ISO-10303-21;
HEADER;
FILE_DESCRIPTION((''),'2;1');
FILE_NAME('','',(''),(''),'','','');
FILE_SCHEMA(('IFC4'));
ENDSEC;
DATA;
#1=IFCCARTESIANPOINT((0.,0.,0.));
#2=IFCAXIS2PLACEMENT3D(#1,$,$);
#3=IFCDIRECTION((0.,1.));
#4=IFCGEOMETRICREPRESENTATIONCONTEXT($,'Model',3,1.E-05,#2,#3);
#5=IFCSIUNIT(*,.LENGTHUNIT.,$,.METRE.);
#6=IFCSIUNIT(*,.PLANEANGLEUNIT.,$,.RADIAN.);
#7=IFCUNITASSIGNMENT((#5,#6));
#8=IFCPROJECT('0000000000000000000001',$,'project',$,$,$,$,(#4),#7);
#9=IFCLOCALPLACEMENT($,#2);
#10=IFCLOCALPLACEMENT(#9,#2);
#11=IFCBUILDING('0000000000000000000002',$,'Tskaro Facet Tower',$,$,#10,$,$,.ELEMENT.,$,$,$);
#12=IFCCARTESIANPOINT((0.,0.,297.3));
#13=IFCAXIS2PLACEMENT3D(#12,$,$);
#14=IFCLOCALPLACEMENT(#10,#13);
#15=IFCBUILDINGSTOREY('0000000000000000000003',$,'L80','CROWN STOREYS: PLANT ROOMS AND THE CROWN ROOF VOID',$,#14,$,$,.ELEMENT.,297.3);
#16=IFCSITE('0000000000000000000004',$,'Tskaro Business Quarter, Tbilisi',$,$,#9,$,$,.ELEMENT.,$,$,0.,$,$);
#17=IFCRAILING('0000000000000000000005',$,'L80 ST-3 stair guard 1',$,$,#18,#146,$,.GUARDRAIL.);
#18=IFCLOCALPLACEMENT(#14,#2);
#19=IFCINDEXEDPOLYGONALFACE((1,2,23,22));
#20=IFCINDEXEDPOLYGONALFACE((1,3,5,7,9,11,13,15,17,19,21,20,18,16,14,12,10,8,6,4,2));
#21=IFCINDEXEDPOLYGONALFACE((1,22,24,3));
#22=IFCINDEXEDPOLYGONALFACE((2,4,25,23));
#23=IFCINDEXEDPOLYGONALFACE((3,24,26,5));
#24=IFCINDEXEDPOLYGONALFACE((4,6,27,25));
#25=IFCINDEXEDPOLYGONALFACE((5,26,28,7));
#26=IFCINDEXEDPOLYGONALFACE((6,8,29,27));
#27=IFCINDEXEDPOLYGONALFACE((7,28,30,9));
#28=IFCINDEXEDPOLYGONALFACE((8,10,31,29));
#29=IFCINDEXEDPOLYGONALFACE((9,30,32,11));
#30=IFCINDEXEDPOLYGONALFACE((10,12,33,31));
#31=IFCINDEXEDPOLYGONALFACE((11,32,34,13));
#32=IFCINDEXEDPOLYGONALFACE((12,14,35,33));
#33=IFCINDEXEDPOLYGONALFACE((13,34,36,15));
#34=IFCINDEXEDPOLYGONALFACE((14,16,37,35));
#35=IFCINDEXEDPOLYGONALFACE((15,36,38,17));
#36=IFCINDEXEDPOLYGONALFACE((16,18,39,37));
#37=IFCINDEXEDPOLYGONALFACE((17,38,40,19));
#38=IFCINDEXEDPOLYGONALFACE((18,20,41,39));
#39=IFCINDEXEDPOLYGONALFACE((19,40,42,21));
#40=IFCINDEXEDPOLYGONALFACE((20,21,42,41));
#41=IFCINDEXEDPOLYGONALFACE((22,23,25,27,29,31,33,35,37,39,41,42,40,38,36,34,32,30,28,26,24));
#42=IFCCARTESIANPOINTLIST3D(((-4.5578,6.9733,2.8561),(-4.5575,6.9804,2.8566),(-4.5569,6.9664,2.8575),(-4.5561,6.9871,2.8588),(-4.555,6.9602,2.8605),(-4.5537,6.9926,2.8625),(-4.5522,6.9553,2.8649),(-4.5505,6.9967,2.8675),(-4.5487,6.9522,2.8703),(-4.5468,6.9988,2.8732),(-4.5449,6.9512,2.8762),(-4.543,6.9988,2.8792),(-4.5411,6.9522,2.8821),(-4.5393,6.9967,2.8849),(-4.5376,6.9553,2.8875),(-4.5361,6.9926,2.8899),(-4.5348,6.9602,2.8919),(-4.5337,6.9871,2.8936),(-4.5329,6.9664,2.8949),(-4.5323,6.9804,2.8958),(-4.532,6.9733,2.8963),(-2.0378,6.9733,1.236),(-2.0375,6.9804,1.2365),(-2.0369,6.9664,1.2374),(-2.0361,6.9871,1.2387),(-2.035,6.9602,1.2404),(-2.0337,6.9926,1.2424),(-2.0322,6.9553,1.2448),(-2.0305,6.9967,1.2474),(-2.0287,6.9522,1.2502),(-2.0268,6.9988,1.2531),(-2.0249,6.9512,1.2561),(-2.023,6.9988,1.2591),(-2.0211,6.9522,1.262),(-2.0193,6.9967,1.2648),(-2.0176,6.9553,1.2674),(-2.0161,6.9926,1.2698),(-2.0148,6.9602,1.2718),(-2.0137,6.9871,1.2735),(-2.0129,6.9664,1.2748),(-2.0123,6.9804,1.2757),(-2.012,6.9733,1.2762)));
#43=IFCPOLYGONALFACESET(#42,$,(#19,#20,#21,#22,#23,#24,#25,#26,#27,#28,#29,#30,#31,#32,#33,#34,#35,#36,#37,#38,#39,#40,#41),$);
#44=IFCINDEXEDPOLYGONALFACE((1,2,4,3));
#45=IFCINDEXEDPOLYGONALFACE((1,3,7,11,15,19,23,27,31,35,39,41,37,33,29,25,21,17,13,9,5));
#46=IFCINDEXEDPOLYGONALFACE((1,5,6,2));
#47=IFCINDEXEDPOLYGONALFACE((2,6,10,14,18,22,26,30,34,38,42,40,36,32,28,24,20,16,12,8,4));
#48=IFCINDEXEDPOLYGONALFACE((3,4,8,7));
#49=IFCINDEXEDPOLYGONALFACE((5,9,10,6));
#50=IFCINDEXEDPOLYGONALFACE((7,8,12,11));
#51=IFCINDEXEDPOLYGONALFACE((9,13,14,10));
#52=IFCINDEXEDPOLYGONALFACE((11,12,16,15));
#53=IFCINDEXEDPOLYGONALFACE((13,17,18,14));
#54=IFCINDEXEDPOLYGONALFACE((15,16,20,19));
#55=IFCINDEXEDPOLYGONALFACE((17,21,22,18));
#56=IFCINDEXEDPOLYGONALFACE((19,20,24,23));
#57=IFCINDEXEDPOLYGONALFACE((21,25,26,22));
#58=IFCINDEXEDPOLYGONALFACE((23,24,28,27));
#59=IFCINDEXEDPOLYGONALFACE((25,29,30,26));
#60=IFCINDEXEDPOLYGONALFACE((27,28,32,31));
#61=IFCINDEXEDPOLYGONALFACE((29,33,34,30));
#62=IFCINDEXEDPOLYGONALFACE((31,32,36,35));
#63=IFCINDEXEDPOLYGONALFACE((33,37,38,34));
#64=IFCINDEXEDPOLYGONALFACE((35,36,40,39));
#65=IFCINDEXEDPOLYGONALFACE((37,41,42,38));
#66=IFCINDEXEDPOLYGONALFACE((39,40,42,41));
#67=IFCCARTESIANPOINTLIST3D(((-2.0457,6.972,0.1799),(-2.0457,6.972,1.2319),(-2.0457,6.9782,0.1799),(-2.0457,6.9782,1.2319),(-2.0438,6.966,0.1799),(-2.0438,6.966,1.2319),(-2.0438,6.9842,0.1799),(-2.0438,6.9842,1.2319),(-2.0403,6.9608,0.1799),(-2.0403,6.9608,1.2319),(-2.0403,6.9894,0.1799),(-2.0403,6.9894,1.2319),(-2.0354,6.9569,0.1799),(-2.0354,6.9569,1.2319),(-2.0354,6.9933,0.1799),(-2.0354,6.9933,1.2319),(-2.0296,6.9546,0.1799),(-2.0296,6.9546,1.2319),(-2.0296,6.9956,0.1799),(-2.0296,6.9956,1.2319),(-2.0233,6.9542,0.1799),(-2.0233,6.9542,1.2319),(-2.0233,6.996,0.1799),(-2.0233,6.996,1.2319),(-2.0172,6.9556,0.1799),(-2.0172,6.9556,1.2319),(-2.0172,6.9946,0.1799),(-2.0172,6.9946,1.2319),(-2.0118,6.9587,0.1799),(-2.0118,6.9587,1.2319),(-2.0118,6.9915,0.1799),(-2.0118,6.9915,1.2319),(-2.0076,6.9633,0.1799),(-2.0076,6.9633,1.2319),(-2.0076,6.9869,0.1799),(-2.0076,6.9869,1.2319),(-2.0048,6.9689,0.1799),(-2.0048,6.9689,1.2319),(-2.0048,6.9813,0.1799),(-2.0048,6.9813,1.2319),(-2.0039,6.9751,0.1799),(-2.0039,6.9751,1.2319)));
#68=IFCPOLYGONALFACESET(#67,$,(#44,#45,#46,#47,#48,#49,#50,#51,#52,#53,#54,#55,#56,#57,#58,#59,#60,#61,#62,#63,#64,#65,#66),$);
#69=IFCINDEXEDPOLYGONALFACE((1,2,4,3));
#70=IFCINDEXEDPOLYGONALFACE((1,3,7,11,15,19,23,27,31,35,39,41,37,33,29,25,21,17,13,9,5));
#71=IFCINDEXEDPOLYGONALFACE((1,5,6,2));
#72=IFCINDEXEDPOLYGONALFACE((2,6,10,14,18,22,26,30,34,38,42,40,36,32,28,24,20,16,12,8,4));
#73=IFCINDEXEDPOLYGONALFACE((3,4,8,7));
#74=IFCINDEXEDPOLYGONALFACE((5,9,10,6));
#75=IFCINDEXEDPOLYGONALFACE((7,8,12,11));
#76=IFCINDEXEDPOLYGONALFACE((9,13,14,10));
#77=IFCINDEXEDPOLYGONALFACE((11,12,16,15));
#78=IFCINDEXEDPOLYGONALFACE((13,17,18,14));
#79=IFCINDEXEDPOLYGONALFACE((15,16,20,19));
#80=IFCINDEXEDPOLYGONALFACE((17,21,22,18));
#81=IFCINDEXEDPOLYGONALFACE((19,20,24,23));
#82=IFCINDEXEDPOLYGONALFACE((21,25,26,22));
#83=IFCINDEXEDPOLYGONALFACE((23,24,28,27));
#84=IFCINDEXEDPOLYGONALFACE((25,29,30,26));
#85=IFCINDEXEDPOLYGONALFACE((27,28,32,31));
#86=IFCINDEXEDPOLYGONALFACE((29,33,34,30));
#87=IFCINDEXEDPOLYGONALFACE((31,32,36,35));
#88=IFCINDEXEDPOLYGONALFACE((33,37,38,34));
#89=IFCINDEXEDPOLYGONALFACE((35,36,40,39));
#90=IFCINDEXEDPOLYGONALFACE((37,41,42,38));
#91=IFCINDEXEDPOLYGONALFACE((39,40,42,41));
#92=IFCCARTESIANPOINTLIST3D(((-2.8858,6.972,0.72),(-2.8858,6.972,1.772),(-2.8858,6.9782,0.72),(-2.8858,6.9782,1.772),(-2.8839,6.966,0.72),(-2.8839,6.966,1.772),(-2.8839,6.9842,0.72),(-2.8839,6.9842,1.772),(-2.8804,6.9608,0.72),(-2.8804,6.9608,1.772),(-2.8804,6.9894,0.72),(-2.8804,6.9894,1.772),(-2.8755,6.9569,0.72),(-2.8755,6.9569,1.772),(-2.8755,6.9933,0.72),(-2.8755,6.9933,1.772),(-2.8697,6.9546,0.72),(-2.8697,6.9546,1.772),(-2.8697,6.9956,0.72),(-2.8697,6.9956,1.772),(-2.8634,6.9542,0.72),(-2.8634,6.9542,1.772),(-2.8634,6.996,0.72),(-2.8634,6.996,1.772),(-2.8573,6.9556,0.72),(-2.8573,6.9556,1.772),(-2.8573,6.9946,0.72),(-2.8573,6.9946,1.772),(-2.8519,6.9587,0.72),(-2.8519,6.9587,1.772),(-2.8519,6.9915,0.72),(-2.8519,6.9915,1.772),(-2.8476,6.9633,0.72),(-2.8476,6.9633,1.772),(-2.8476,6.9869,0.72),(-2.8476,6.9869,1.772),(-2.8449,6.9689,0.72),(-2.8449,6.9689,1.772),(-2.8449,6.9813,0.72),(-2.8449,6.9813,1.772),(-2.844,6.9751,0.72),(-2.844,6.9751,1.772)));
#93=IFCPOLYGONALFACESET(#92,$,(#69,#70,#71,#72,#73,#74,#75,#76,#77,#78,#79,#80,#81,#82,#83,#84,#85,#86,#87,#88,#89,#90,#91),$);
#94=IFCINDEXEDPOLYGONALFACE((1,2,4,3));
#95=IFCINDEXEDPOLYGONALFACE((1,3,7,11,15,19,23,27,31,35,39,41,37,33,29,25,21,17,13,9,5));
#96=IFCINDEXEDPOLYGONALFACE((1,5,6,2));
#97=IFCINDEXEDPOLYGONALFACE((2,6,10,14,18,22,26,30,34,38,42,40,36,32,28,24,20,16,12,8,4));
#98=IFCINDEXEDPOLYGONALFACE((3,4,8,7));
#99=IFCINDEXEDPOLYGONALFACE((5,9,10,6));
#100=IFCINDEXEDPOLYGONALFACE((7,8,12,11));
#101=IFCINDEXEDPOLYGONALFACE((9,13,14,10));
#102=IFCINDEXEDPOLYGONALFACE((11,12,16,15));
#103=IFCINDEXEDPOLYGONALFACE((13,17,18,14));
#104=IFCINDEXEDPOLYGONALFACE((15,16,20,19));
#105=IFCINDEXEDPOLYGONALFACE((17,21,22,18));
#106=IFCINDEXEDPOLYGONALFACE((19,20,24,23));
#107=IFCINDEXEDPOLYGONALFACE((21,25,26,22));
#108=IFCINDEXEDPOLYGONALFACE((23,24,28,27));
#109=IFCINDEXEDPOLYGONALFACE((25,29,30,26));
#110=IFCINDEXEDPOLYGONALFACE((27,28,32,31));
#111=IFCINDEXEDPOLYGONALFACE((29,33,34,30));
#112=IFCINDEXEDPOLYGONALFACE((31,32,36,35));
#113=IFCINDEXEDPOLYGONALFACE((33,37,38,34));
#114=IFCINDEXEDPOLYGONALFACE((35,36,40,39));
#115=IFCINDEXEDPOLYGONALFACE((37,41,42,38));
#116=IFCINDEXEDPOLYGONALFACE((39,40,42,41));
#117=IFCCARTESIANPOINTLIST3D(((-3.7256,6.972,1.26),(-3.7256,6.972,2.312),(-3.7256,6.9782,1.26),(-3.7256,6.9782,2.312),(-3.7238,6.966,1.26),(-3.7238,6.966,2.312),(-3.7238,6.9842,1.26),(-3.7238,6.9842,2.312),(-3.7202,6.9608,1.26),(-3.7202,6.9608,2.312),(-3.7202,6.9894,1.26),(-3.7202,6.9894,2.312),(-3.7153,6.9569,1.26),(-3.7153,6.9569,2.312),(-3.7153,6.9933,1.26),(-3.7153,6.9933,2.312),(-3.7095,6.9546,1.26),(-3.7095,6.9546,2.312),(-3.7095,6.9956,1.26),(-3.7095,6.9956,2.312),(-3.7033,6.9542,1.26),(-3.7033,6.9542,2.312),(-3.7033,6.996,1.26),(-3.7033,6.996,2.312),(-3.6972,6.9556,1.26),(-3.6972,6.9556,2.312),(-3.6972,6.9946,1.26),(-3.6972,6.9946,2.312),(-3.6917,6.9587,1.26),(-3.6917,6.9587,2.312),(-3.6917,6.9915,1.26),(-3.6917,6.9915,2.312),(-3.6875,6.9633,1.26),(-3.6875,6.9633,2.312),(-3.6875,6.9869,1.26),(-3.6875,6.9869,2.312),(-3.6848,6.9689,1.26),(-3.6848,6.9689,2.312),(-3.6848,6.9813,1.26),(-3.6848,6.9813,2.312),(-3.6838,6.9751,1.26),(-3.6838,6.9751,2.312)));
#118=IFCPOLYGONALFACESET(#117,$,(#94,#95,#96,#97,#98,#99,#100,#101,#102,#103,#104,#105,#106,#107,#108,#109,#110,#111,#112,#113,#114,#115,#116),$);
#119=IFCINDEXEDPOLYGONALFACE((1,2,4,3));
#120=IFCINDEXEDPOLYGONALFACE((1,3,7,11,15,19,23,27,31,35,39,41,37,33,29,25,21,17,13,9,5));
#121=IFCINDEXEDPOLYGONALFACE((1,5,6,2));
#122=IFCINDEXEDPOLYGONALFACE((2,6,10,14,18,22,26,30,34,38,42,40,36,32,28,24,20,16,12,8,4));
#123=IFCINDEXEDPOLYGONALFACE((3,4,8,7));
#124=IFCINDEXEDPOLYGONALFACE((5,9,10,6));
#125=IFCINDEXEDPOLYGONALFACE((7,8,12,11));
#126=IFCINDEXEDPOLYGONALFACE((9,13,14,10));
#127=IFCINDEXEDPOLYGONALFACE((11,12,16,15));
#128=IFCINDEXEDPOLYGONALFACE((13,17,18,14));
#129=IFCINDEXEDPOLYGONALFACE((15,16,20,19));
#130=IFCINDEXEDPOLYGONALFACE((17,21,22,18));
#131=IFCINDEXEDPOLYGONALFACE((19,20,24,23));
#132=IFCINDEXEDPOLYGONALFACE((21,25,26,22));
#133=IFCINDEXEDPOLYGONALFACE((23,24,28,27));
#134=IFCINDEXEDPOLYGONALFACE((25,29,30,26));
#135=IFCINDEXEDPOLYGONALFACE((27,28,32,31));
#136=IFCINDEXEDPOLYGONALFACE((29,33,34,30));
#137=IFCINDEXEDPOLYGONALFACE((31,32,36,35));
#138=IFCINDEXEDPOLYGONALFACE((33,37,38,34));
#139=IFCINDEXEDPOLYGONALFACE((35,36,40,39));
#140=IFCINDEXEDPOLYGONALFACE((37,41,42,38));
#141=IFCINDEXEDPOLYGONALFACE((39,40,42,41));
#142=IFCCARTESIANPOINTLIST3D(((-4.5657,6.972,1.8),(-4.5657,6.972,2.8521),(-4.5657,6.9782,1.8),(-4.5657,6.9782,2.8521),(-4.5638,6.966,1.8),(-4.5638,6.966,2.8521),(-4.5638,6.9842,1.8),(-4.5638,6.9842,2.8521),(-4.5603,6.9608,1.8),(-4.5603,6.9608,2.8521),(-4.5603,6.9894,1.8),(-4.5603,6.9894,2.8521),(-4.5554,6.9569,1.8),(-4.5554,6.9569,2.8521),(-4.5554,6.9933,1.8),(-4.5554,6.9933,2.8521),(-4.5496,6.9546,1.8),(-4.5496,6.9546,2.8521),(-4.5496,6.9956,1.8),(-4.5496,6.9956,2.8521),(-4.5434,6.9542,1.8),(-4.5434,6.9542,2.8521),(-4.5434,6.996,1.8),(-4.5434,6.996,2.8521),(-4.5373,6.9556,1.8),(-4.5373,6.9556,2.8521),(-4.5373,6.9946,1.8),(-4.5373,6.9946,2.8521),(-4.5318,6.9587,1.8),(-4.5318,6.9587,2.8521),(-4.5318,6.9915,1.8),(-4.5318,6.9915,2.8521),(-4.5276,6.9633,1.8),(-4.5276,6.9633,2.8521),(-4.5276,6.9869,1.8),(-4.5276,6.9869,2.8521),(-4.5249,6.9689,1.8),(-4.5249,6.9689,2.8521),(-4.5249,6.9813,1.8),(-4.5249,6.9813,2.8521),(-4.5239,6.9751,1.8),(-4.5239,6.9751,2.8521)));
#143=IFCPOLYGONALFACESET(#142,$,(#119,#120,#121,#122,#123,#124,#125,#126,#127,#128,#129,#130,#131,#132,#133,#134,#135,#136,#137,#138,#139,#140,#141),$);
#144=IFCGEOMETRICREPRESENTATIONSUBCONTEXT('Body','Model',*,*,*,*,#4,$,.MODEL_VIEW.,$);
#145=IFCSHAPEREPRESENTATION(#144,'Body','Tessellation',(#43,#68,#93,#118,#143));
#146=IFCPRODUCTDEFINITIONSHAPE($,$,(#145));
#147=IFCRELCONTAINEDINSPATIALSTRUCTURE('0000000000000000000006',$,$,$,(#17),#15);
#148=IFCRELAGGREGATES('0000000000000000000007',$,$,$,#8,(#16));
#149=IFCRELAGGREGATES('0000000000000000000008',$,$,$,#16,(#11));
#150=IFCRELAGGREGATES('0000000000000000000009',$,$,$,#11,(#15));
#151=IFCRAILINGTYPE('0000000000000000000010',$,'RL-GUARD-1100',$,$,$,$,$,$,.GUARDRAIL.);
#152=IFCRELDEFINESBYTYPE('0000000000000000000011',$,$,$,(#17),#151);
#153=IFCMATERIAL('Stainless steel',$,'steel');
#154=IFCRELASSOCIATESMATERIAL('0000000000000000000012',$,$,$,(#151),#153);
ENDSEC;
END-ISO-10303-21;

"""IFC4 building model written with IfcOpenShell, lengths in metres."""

from ifc_helpers import new_model, si_unit, direction, frame, origin, origin_2d, place, context, subcontext, project, spatial, circle, extrude, material, type_object, element, save


model = new_model("IFC4")

# Units and contexts
model_context = context("Model", 3, precision=1e-05, world=origin(), true_north=direction((0.0, 1.0)))
body_context = subcontext(model_context, "Body", "Model", "MODEL_VIEW")
ifc_project = project(units=[si_unit("LENGTHUNIT", "METRE"), si_unit("PLANEANGLEUNIT", "RADIAN")], contexts=[model_context])

# Site, building, storey
site_placement = place(None, origin())
site = spatial("IfcSite", under=ifc_project, at=site_placement, Name="Tskaro Business Quarter, Tbilisi", CompositionType="ELEMENT", RefElevation=0.0)
building_placement = place(site_placement, origin())
building = spatial("IfcBuilding", under=site, at=building_placement, Name="Tskaro Facet Tower", CompositionType="ELEMENT")
storey_placement = place(building_placement, frame((0.0, 0.0, 297.3)))
storey = spatial("IfcBuildingStorey", under=building, at=storey_placement, Name="L80", Description="CROWN STOREYS: PLANT ROOMS AND THE CROWN ROOF VOID", CompositionType="ELEMENT", Elevation=297.3)

# Railing
ifc_material_1 = material(Name="Stainless steel", Category="steel")
railing_type_1 = type_object("IfcRailingType", Name="RL-GUARD-1100", PredefinedType="GUARDRAIL", material=ifc_material_1)
railing_1_placement = place(storey_placement, frame((-2.0249, 6.9751, 0.1799)))
element("IfcRailing", 1, at=railing_1_placement, inside=storey, type_object=railing_type_1, Name="L80 ST-3 stair guard 1", PredefinedType="GUARDRAIL", context=body_context, shape_type="SweptSolid", body=[
    extrude(circle(Radius=0.0239, at=origin_2d()), frame((0.0, 0.0, 1.0762), z_axis=(-0.841163, 0.0, 0.540782), x_axis=(0.0, -1.0, 0.0)), (0.0, 0.0, 1.0), 2.9958),
    extrude(circle(Radius=0.021, at=origin_2d()), origin(), (0.0, 0.0, 1.0), 1.052),
    extrude(circle(Radius=0.021, at=origin_2d()), frame((-0.8401, 0.0, 0.54)), (0.0, 0.0, 1.0), 1.052),
    extrude(circle(Radius=0.021, at=origin_2d()), frame((-1.6799, 0.0, 1.0801)), (0.0, 0.0, 1.0), 1.052),
    extrude(circle(Radius=0.021, at=origin_2d()), frame((-2.52, 0.0, 1.6201)), (0.0, 0.0, 1.0), 1.052),
])

save(model, "model.ifc")
